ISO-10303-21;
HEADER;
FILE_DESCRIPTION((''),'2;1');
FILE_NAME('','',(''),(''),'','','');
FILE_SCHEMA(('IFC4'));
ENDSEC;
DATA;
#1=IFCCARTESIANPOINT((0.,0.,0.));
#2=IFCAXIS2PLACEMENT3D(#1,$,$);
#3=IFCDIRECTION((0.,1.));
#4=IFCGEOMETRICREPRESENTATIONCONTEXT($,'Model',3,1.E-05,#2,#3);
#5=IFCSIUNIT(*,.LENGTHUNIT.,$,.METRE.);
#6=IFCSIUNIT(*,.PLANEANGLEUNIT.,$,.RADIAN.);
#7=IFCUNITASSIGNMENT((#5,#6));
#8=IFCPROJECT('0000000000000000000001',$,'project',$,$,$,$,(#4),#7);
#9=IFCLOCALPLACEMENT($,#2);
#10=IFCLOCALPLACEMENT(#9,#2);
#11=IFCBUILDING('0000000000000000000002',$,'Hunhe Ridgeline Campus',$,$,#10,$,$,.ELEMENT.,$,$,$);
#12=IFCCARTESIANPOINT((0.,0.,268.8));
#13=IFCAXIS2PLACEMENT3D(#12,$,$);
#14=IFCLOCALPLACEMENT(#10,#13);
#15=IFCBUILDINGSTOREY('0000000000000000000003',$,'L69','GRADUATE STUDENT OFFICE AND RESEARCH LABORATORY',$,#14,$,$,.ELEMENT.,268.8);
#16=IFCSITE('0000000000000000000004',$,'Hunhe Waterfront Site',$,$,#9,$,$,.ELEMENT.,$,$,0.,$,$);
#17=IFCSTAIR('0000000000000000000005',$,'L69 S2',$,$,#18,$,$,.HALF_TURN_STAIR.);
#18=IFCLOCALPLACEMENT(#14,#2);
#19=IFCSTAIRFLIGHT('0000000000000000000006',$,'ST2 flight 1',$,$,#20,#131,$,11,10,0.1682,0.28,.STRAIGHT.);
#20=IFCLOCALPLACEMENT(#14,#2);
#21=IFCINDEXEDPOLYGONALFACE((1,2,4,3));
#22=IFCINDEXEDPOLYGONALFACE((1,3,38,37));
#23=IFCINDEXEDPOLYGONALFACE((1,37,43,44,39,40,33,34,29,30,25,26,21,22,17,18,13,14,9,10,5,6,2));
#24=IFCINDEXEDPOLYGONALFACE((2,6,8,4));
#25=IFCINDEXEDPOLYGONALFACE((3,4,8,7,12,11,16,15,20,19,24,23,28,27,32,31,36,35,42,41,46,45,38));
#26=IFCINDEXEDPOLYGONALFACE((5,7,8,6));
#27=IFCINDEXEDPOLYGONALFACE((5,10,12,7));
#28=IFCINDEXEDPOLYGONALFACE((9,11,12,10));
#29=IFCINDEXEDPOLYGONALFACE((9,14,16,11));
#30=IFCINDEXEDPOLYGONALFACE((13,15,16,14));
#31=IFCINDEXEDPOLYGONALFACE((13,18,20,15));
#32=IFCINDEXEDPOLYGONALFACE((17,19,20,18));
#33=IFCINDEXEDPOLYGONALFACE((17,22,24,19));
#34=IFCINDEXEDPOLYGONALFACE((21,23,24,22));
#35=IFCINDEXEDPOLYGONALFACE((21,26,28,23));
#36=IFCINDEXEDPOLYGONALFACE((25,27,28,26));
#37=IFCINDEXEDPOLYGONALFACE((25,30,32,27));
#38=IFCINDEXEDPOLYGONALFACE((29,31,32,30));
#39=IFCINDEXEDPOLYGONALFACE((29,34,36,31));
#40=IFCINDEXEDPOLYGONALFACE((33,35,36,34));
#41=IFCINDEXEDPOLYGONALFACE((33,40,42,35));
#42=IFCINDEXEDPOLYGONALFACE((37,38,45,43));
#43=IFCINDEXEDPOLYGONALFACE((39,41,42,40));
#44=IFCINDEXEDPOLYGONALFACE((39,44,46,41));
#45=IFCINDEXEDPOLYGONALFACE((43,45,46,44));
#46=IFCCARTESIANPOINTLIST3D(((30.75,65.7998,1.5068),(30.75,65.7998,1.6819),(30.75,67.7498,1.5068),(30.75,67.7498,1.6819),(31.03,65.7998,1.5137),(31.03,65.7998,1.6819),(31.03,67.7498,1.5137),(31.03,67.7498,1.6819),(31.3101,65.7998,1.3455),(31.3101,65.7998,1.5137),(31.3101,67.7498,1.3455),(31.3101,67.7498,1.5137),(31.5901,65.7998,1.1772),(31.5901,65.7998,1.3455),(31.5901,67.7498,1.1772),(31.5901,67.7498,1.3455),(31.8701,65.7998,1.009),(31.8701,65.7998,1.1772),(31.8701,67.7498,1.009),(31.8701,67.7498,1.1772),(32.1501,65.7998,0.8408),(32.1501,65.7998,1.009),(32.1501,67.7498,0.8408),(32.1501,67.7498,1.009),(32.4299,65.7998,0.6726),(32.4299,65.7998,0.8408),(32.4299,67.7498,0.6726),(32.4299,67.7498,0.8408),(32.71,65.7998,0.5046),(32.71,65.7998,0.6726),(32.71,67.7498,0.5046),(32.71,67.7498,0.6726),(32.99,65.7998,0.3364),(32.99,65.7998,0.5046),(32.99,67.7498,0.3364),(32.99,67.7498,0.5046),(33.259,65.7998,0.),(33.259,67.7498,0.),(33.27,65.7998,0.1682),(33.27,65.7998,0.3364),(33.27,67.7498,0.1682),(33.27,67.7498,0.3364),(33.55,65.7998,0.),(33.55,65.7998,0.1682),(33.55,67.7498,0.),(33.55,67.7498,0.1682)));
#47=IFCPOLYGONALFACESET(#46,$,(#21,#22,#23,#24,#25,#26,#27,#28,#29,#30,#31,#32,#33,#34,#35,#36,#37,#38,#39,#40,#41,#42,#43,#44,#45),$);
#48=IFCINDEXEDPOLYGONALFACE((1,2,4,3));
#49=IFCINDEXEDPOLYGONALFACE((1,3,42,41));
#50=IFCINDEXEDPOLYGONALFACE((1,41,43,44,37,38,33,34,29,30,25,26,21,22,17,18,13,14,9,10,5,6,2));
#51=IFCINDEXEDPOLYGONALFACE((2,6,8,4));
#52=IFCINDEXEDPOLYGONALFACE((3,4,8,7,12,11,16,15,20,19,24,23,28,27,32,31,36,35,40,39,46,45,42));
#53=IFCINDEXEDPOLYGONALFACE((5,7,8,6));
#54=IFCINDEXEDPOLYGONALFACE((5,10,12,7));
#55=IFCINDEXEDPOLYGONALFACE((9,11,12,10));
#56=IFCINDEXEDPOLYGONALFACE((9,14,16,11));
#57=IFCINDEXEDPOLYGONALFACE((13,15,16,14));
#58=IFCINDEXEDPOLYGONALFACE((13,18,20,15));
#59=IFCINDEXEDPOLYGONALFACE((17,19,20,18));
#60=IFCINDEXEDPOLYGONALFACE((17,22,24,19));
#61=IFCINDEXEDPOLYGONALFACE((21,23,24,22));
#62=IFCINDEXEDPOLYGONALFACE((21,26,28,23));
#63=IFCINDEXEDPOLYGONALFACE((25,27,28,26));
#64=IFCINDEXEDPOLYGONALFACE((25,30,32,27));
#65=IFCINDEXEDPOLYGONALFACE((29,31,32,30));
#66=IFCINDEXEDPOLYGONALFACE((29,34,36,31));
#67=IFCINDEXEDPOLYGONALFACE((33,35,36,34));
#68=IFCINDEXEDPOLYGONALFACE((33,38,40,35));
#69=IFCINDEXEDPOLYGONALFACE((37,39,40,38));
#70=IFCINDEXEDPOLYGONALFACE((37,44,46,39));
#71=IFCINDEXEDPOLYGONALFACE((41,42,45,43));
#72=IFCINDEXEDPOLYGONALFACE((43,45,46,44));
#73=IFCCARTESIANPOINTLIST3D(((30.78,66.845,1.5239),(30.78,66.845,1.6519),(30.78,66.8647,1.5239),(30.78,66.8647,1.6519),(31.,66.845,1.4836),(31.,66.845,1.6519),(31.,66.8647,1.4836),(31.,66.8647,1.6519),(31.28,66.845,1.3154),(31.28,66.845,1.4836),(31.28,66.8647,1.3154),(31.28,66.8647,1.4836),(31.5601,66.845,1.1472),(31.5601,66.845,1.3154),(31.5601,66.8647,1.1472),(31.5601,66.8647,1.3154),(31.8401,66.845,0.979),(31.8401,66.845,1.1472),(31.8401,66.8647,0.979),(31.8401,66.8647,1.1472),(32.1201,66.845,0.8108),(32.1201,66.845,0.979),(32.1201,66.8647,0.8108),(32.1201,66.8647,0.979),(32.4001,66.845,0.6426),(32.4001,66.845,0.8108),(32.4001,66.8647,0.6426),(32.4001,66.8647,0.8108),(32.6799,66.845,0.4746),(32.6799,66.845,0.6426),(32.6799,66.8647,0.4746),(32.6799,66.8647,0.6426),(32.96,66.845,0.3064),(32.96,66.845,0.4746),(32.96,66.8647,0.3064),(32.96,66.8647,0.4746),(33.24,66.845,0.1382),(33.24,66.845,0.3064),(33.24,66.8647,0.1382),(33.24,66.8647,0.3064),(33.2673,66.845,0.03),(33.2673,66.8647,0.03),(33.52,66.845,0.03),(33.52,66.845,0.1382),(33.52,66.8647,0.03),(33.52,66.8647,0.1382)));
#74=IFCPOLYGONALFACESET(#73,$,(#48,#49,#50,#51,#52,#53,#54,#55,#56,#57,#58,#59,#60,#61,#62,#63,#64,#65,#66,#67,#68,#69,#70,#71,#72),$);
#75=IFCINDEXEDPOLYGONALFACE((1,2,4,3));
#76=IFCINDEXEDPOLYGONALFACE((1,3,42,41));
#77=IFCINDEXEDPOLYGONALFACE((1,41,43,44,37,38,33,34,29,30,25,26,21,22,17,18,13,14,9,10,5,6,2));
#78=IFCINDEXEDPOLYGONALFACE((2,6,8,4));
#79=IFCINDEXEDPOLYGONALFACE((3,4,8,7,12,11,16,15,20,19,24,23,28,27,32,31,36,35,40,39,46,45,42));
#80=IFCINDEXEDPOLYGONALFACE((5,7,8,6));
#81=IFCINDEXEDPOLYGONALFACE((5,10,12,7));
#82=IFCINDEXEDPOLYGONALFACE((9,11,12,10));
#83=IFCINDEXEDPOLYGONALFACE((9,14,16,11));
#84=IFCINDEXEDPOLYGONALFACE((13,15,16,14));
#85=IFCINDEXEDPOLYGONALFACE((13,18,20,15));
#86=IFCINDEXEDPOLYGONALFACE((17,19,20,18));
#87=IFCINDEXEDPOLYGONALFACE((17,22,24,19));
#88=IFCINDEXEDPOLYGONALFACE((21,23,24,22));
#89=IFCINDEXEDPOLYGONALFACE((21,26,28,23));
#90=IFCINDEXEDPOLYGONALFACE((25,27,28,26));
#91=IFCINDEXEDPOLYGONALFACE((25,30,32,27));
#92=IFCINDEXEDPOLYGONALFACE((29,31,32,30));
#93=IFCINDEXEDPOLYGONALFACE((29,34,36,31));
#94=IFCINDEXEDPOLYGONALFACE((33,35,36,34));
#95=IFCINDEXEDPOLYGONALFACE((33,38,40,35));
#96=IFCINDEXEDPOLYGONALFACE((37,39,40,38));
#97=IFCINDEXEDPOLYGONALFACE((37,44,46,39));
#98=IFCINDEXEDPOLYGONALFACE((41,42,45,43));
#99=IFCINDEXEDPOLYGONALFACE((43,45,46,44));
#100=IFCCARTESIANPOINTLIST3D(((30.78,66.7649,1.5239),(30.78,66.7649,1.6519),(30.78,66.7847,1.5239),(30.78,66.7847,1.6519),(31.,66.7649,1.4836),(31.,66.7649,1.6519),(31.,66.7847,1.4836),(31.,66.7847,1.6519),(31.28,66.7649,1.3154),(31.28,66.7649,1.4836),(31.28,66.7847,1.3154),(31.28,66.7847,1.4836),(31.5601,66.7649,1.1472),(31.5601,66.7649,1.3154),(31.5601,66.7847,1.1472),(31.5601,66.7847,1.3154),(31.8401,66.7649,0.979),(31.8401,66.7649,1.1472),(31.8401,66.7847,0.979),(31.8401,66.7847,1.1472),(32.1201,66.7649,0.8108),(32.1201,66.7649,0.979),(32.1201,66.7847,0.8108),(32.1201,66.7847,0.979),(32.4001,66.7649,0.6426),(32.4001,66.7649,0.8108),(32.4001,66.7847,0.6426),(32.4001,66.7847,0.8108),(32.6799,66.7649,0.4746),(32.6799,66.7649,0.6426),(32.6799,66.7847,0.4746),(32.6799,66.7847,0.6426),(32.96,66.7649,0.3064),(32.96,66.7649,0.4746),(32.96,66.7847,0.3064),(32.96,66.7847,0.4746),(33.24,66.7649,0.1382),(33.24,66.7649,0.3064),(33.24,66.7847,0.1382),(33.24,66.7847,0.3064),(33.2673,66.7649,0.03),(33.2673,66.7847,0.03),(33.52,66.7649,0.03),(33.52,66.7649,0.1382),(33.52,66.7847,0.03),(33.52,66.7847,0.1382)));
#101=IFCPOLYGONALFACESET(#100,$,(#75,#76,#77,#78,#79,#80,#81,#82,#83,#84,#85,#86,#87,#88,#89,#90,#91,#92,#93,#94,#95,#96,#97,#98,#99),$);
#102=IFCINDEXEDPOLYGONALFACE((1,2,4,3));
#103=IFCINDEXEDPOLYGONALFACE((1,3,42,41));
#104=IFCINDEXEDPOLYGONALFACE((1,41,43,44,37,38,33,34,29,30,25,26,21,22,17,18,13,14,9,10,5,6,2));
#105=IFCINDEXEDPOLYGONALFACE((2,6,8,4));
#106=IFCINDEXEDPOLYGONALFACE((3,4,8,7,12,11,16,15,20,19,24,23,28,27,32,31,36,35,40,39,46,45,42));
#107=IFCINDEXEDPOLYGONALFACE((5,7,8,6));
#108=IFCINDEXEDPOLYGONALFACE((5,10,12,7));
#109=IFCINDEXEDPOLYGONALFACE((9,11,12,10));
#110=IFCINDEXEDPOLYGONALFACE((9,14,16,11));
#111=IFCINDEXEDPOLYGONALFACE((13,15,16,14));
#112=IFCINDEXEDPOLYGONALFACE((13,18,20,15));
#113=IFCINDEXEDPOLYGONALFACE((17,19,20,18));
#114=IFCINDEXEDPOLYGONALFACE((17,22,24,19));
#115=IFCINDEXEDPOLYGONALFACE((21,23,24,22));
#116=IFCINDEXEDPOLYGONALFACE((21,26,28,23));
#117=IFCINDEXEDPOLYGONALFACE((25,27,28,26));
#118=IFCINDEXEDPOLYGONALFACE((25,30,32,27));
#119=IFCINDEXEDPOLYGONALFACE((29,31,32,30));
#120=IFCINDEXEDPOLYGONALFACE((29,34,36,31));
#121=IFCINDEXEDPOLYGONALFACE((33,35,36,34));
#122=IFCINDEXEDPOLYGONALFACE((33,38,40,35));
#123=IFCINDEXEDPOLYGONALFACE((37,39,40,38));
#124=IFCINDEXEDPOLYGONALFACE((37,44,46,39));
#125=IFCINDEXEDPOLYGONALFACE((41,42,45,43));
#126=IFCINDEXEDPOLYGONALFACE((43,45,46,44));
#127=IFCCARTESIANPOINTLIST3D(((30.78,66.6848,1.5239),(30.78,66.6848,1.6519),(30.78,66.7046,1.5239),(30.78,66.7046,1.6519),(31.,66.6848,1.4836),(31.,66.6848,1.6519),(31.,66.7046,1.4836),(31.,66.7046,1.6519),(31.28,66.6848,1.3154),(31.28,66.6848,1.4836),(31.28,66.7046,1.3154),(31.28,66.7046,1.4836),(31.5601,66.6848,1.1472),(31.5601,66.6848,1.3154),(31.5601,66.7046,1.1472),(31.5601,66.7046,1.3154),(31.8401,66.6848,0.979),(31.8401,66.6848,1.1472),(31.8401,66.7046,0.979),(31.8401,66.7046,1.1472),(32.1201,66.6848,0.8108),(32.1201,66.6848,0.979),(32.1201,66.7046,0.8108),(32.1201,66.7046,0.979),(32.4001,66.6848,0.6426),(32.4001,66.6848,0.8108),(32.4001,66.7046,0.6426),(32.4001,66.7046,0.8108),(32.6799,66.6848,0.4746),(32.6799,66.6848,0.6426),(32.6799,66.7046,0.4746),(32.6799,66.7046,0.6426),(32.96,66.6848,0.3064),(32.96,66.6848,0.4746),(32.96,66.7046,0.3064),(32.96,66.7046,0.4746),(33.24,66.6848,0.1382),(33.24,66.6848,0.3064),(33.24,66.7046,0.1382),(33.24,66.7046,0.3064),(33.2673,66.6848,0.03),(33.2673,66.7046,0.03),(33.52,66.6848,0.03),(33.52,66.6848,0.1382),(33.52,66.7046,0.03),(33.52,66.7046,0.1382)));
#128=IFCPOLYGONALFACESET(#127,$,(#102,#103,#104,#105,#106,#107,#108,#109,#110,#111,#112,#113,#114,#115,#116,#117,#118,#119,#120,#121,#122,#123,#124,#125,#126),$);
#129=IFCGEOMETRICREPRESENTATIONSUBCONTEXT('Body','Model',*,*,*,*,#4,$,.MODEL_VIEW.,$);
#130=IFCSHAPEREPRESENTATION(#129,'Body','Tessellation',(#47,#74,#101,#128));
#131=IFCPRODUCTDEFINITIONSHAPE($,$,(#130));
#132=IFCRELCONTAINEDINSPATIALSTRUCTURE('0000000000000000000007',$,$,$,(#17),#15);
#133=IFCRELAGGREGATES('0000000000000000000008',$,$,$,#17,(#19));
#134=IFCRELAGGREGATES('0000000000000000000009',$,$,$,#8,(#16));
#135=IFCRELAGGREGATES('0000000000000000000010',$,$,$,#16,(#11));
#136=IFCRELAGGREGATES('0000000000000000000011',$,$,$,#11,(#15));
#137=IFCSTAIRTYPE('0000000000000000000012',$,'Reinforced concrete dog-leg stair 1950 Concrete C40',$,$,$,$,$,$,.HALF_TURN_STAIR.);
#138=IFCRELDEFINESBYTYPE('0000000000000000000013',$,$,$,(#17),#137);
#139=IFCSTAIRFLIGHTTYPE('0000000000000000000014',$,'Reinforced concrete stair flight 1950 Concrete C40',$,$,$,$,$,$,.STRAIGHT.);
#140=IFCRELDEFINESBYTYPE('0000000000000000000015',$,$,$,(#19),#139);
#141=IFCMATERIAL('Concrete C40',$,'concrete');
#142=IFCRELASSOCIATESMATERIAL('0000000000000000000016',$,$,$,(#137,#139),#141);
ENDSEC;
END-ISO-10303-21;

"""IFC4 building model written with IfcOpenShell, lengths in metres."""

from ifc_helpers import new_model, si_unit, direction, frame, origin, place, context, subcontext, project, spatial, polyline, outline, extrude, material, type_object, element, aggregate, save


model = new_model("IFC4")

# Units and contexts
model_context = context("Model", 3, precision=1e-05, world=origin(), true_north=direction((0.0, 1.0)))
body_context = subcontext(model_context, "Body", "Model", "MODEL_VIEW")
ifc_project = project(units=[si_unit("LENGTHUNIT", "METRE"), si_unit("PLANEANGLEUNIT", "RADIAN")], contexts=[model_context])

# Site, building, storey
site_placement = place(None, origin())
site = spatial("IfcSite", under=ifc_project, at=site_placement, Name="Hunhe Waterfront Site", CompositionType="ELEMENT", RefElevation=0.0)
building_placement = place(site_placement, origin())
building = spatial("IfcBuilding", under=site, at=building_placement, Name="Hunhe Ridgeline Campus", CompositionType="ELEMENT")
storey_placement = place(building_placement, frame((0.0, 0.0, 268.8)))
storey = spatial("IfcBuildingStorey", under=building, at=storey_placement, Name="L69", Description="GRADUATE STUDENT OFFICE AND RESEARCH LABORATORY", CompositionType="ELEMENT", Elevation=268.8)

# Stair, stair flight
ifc_material_1 = material(Name="Concrete C40", Category="concrete")
stair_type = type_object("IfcStairType", Name="Reinforced concrete dog-leg stair 1950 Concrete C40", PredefinedType="HALF_TURN_STAIR", material=ifc_material_1)
stair_placement = place(storey_placement, origin())
stair = element("IfcStair", 1, at=stair_placement, inside=storey, type_object=stair_type, Name="L69 S2", PredefinedType="HALF_TURN_STAIR")
stair_flight_type = type_object("IfcStairFlightType", Name="Reinforced concrete stair flight 1950 Concrete C40", PredefinedType="STRAIGHT", material=ifc_material_1)
stair_flight_1_placement = place(storey_placement, frame((33.55, 66.7749, 0.0), z_axis=(0.0, 0.0, 1.0), x_axis=(-1.0, 0.0, 0.0)))
stair_flight_1 = element("IfcStairFlight", 2, at=stair_flight_1_placement, type_object=stair_flight_type, Name="ST2 flight 1", NumberOfRisers=11, NumberOfTreads=10, PredefinedType="STRAIGHT", RiserHeight=0.1682, TreadLength=0.28, context=body_context, shape_type="SweptSolid", body=[
    extrude(outline(polyline([(0.0, 0.0), (0.0, 0.1682), (0.28, 0.1682), (0.28, 0.3364), (0.5601, 0.3364), (0.5601, 0.5046), (0.8401, 0.5046), (0.8401, 0.6726), (1.1201, 0.6726), (1.1201, 0.8408), (1.3999, 0.8408), (1.3999, 1.009), (1.6799, 1.009), (1.6799, 1.1772), (1.96, 1.1772), (1.96, 1.3455), (2.24, 1.3455), (2.24, 1.5137), (2.52, 1.5137), (2.52, 1.6819), (2.8, 1.6819), (2.8, 1.8501), (2.8, 1.5068), (0.291, 0.0), (0.0, 0.0)])), frame((0.0, 0.9751, 0.0), z_axis=(0.0, -1.0, 0.0), x_axis=(1.0, 0.0, 0.0)), (0.0, 0.0, 1.0), 1.95),
    extrude(outline(polyline([(0.03, 0.03), (0.03, 0.1382), (0.3101, 0.1382), (0.3101, 0.3064), (0.5901, 0.3064), (0.5901, 0.4746), (0.8701, 0.4746), (0.8701, 0.6426), (1.1499, 0.6426), (1.1499, 0.8108), (1.4299, 0.8108), (1.4299, 0.979), (1.71, 0.979), (1.71, 1.1472), (1.99, 1.1472), (1.99, 1.3154), (2.27, 1.3154), (2.27, 1.4836), (2.55, 1.4836), (2.55, 1.6519), (2.77, 1.6519), (2.77, 1.5239), (0.2827, 0.03), (0.03, 0.03)])), frame((0.0, -0.0701, 0.0), z_axis=(0.0, -1.0, 0.0), x_axis=(1.0, 0.0, 0.0)), (0.0, 0.0, 1.0), 0.0198),
    extrude(outline(polyline([(0.03, 0.03), (0.03, 0.1382), (0.3101, 0.1382), (0.3101, 0.3064), (0.5901, 0.3064), (0.5901, 0.4746), (0.8701, 0.4746), (0.8701, 0.6426), (1.1499, 0.6426), (1.1499, 0.8108), (1.4299, 0.8108), (1.4299, 0.979), (1.71, 0.979), (1.71, 1.1472), (1.99, 1.1472), (1.99, 1.3154), (2.27, 1.3154), (2.27, 1.4836), (2.55, 1.4836), (2.55, 1.6519), (2.77, 1.6519), (2.77, 1.5239), (0.2827, 0.03), (0.03, 0.03)])), frame((0.0, 0.01, 0.0), z_axis=(0.0, -1.0, 0.0), x_axis=(1.0, 0.0, 0.0)), (0.0, 0.0, 1.0), 0.0198),
    extrude(outline(polyline([(0.03, 0.03), (0.03, 0.1382), (0.3101, 0.1382), (0.3101, 0.3064), (0.5901, 0.3064), (0.5901, 0.4746), (0.8701, 0.4746), (0.8701, 0.6426), (1.1499, 0.6426), (1.1499, 0.8108), (1.4299, 0.8108), (1.4299, 0.979), (1.71, 0.979), (1.71, 1.1472), (1.99, 1.1472), (1.99, 1.3154), (2.27, 1.3154), (2.27, 1.4836), (2.55, 1.4836), (2.55, 1.6519), (2.77, 1.6519), (2.77, 1.5239), (0.2827, 0.03), (0.03, 0.03)])), frame((0.0, 0.0901, 0.0), z_axis=(0.0, -1.0, 0.0), x_axis=(1.0, 0.0, 0.0)), (0.0, 0.0, 1.0), 0.0198),
])
aggregate(stair, [stair_flight_1])

save(model, "model.ifc")
